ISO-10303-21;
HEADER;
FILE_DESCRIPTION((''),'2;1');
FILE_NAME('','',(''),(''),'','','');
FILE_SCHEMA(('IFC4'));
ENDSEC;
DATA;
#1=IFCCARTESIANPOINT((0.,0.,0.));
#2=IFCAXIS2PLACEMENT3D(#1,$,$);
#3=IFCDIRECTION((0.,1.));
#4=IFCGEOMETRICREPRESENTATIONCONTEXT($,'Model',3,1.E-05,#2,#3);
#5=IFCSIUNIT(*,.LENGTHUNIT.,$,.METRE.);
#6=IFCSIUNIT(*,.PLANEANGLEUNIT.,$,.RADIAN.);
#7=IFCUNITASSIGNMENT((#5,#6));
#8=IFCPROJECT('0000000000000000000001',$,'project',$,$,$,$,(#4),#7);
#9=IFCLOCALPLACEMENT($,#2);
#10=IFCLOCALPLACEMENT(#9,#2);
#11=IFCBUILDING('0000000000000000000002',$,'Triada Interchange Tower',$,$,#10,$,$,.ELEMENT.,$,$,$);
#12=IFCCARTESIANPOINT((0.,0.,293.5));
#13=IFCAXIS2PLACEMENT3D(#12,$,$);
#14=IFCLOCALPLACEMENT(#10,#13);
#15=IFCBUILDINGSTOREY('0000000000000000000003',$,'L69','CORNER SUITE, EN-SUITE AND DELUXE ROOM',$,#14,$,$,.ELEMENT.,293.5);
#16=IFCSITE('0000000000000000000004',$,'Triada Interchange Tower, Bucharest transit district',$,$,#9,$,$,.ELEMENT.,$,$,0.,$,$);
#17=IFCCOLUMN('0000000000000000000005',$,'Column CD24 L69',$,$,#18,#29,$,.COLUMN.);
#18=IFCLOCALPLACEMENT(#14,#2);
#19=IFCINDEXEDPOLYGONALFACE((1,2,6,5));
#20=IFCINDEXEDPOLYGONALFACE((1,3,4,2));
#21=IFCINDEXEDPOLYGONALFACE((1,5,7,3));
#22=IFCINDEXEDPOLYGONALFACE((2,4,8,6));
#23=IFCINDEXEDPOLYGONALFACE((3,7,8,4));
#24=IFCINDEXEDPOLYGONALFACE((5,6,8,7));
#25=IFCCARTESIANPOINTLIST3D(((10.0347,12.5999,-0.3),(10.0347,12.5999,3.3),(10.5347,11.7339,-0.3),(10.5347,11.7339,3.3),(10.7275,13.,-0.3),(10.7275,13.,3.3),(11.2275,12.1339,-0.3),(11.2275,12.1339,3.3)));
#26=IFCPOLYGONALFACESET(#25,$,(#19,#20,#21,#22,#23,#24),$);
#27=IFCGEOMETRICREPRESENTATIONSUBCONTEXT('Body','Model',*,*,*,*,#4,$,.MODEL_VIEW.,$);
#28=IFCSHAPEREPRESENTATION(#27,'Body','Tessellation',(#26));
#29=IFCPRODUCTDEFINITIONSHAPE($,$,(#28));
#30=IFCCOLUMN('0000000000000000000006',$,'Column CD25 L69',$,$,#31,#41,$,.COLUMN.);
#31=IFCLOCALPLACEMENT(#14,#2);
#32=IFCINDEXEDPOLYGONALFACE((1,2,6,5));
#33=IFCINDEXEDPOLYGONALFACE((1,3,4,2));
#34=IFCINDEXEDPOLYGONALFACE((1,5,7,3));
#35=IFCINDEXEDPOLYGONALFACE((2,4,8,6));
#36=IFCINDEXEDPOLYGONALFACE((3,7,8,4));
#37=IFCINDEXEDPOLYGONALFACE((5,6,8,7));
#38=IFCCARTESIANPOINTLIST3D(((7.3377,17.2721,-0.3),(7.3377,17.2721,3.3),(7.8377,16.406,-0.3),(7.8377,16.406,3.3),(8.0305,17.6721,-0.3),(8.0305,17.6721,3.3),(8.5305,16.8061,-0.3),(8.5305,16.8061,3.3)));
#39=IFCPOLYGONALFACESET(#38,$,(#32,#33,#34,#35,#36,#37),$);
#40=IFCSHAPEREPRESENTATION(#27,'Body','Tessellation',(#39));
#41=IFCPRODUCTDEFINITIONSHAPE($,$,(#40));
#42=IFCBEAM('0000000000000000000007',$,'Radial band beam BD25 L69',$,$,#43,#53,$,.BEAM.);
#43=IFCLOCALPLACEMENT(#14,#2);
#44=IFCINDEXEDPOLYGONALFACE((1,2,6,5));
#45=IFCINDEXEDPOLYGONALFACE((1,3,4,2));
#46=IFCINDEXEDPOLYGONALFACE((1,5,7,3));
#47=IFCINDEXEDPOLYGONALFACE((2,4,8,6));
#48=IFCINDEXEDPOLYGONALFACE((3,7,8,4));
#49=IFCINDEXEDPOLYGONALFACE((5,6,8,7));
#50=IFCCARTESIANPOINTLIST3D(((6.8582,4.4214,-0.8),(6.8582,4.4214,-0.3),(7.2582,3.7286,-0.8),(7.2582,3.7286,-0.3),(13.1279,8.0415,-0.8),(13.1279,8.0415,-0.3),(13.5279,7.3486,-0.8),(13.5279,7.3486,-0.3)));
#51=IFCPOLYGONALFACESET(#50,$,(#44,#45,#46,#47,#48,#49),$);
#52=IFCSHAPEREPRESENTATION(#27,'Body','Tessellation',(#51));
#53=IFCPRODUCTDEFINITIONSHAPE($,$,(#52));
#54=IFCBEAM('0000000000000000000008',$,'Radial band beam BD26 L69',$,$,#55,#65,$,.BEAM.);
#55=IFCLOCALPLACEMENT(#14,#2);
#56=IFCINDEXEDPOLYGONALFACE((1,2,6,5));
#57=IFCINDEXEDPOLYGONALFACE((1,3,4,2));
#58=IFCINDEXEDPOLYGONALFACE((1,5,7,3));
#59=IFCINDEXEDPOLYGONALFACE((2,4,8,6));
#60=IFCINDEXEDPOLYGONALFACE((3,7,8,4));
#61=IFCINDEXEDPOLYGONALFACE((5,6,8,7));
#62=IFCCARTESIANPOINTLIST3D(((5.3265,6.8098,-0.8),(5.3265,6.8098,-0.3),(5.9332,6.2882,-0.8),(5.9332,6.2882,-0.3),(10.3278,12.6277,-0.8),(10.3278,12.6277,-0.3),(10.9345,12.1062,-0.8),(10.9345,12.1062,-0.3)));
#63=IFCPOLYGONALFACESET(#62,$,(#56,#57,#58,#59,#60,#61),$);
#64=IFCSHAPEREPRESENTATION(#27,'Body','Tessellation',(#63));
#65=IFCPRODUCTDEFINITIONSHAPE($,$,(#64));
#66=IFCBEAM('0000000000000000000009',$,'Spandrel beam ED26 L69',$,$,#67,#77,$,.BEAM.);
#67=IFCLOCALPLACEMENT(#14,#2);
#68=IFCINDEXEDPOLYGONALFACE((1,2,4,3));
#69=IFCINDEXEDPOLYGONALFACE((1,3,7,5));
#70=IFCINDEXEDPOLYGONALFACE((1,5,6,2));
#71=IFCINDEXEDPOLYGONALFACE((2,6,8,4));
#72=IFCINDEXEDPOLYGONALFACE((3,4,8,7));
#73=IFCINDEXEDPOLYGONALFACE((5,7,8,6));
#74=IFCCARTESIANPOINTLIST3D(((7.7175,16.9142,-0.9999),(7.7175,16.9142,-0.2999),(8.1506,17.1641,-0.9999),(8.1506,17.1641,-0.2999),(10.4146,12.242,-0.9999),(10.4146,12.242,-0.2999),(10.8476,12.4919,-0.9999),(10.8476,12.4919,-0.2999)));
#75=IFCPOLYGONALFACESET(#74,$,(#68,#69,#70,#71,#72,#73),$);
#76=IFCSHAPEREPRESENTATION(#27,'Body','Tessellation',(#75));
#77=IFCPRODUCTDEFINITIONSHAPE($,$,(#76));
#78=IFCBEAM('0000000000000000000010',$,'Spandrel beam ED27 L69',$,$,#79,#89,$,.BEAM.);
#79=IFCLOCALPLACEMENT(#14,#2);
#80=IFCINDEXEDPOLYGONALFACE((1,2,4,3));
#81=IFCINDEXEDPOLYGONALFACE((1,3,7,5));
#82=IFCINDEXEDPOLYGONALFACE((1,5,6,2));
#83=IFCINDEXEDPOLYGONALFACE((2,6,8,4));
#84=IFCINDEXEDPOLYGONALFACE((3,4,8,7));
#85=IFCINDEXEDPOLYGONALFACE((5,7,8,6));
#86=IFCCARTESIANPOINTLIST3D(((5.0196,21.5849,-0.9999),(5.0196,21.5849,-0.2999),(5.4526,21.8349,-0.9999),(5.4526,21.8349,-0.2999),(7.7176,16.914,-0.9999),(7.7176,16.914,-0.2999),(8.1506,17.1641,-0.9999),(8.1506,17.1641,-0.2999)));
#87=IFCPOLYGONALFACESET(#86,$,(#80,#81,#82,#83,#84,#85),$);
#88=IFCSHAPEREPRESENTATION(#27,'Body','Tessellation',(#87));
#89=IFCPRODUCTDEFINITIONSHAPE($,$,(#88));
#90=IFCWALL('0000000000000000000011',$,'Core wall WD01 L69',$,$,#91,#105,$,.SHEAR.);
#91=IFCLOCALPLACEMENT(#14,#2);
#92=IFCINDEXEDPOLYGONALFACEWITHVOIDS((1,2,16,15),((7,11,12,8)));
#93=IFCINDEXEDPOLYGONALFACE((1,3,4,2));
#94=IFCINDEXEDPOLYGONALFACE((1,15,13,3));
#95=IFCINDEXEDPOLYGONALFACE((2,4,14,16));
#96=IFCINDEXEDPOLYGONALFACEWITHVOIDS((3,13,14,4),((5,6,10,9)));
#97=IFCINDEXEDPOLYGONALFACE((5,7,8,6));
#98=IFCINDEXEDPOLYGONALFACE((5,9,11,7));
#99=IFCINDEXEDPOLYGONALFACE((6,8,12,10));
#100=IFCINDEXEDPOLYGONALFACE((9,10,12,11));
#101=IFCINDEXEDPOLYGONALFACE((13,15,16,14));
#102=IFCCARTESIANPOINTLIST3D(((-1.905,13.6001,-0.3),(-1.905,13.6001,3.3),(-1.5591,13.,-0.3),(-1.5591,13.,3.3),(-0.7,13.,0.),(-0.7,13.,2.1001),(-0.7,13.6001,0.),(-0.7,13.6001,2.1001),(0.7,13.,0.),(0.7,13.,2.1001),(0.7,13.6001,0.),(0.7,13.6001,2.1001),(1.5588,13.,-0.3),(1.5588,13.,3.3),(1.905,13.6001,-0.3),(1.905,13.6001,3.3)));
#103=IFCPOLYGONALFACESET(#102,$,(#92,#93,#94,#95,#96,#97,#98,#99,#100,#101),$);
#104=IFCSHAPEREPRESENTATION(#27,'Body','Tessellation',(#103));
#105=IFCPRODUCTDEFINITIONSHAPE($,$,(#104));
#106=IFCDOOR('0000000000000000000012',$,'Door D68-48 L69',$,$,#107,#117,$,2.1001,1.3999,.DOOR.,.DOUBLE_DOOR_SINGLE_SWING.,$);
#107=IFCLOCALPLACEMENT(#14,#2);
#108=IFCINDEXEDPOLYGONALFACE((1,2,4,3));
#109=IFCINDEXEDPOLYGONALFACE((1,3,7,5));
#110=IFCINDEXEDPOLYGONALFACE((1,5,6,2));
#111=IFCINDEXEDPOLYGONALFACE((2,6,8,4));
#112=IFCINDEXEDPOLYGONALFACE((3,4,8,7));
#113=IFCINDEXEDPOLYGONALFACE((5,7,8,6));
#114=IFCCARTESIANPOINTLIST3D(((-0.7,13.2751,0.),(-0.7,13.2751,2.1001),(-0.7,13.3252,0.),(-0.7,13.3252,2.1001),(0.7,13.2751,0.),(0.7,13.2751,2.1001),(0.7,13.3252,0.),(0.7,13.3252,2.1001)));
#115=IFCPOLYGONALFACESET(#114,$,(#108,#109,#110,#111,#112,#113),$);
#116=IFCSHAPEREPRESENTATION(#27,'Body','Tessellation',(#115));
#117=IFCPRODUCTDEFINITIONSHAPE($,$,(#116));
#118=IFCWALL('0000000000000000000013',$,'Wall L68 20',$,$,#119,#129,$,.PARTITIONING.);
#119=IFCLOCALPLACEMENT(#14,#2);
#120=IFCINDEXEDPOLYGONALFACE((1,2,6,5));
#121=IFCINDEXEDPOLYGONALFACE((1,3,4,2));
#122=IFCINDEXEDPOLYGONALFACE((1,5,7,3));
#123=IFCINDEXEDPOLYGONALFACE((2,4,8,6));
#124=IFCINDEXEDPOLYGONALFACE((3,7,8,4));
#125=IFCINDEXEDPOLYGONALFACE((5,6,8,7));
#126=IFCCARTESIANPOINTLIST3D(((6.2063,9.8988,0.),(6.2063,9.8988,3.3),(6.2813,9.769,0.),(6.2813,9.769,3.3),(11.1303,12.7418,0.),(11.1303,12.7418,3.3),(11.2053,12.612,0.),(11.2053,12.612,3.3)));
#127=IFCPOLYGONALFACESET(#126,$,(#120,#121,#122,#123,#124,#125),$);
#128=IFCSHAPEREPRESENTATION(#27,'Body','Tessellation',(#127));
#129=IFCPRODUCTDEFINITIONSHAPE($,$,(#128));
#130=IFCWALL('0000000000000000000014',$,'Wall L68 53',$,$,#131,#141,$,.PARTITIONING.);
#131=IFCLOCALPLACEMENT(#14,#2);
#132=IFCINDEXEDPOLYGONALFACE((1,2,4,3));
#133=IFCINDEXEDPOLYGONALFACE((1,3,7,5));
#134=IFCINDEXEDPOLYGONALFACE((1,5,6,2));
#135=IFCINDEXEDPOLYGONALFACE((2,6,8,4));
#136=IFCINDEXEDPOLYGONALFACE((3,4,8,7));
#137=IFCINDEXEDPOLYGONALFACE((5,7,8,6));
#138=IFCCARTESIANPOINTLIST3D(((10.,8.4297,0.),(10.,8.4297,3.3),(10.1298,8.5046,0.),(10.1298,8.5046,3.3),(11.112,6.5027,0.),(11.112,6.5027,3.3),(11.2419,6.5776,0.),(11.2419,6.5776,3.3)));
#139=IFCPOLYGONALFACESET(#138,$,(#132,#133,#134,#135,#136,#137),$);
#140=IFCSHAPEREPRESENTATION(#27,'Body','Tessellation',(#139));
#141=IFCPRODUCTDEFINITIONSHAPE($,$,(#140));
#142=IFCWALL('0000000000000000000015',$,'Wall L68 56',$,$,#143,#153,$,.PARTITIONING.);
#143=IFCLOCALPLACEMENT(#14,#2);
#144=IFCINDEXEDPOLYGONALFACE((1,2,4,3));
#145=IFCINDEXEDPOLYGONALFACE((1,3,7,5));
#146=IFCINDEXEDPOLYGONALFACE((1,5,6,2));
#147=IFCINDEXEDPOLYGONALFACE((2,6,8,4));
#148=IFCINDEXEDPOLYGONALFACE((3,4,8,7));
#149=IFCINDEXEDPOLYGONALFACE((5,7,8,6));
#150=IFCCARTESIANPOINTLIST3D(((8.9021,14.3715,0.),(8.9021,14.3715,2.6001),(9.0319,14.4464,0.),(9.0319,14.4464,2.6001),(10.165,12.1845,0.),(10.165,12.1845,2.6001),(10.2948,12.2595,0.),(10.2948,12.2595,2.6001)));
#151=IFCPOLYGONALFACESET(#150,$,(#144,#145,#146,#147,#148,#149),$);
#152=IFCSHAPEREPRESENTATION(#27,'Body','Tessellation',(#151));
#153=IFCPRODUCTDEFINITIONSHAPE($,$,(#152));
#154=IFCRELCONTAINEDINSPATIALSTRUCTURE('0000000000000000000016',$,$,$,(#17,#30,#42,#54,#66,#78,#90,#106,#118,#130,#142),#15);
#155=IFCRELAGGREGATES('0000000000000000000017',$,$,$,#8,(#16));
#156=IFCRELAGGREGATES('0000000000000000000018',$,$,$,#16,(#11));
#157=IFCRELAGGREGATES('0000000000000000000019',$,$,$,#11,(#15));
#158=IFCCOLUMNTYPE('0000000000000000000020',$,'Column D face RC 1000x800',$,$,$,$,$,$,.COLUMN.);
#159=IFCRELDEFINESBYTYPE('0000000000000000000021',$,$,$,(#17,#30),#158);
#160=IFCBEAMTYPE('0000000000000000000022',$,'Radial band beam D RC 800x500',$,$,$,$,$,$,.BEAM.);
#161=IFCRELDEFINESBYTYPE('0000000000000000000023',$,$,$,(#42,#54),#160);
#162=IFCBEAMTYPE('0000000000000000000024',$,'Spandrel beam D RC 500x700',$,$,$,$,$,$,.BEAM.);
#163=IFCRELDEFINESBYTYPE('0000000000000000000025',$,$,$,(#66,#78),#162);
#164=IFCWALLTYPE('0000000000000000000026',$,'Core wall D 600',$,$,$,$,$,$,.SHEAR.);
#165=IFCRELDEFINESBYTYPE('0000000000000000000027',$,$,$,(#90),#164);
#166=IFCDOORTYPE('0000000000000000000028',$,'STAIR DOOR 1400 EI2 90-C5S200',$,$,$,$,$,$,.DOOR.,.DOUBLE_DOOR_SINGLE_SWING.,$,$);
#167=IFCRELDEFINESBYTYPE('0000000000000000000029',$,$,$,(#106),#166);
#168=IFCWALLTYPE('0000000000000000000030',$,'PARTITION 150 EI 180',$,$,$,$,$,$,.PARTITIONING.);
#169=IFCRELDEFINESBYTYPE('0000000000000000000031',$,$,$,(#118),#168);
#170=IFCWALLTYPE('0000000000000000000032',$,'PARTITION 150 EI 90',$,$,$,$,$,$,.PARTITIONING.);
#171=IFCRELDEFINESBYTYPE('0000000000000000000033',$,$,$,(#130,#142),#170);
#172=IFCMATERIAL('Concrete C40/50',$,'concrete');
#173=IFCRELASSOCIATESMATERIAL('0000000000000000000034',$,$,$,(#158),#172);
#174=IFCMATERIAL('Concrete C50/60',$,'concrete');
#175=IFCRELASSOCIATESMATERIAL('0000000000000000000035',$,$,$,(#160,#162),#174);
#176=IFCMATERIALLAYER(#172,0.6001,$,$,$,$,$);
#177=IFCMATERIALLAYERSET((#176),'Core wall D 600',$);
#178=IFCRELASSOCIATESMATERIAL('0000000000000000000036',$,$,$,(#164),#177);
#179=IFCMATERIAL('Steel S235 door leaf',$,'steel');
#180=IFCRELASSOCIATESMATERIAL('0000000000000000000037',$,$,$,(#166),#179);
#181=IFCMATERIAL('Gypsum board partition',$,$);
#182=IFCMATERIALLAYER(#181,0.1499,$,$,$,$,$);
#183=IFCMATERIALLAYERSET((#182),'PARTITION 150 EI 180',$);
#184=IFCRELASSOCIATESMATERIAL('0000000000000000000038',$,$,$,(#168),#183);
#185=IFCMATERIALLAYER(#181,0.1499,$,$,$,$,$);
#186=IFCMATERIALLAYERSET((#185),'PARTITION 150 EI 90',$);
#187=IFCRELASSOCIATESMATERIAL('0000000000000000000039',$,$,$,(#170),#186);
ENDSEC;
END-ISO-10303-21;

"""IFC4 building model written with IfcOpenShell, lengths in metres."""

from ifc_helpers import new_model, si_unit, direction, frame, frame_2d, origin, origin_2d, place, context, subcontext, project, spatial, polyline, rectangle, outline, extrude, material, layer, layer_set, material_profile, profile_set, type_object, element, fill, save


model = new_model("IFC4")

# Units and contexts
model_context = context("Model", 3, precision=1e-05, world=origin(), true_north=direction((0.0, 1.0)))
body_context = subcontext(model_context, "Body", "Model", "MODEL_VIEW")
ifc_project = project(units=[si_unit("LENGTHUNIT", "METRE"), si_unit("PLANEANGLEUNIT", "RADIAN")], contexts=[model_context])

# Site, building, storey
site_placement = place(None, origin())
site = spatial("IfcSite", under=ifc_project, at=site_placement, Name="Triada Interchange Tower, Bucharest transit district", CompositionType="ELEMENT", RefElevation=0.0)
building_placement = place(site_placement, origin())
building = spatial("IfcBuilding", under=site, at=building_placement, Name="Triada Interchange Tower", CompositionType="ELEMENT")
storey_placement = place(building_placement, frame((0.0, 0.0, 293.5)))
storey = spatial("IfcBuildingStorey", under=building, at=storey_placement, Name="L69", Description="CORNER SUITE, EN-SUITE AND DELUXE ROOM", CompositionType="ELEMENT", Elevation=293.5)

# Columns
ifc_material_1 = material(Name="Concrete C40/50", Category="concrete")
ifc_material_profile_1 = material_profile(ifc_material_1, rectangle(XDim=1.0, YDim=0.8, at=origin_2d()), Name="RC 1000x800")
ifc_profile_set_1 = profile_set([ifc_material_profile_1], Name="Concrete C40/50")
column_type = type_object("IfcColumnType", Name="Column D face RC 1000x800", PredefinedType="COLUMN", material=ifc_profile_set_1)
for number, where, z_axis, x_axis, name in (
    (1, (10.6311, 12.3669, -0.3), (0.0, 0.0, 1.0), (-0.5, 0.866025, 0.0), "Column CD24 L69"),
    (2, (7.9341, 17.0391, -0.3), (0.0, 0.0, 1.0), (-0.5, 0.866025, 0.0), "Column CD25 L69"),
):
    element("IfcColumn", number, at=place(storey_placement, frame(where, z_axis=z_axis, x_axis=x_axis)), inside=storey, type_object=column_type, Name=name, PredefinedType="COLUMN", context=body_context, shape_type="SweptSolid", body=[
        extrude(rectangle(XDim=1.0, YDim=0.8, at=origin_2d()), origin(), (0.0, 0.0, 1.0), 3.6001),
    ])

# Beams
ifc_material_2 = material(Name="Concrete C50/60", Category="concrete")
ifc_material_profile_2 = material_profile(ifc_material_2, rectangle(XDim=0.8, YDim=0.5, at=origin_2d()), Name="RC 800x500")
ifc_profile_set_2 = profile_set([ifc_material_profile_2], Name="Concrete C50/60")
beam_type_1 = type_object("IfcBeamType", Name="Radial band beam D RC 800x500", PredefinedType="BEAM", material=ifc_profile_set_2)
beam_1_placement = place(storey_placement, frame((13.3279, 7.6951, -0.55), z_axis=(-0.86601, -0.500027, 0.0), x_axis=(0.500027, -0.86601, 0.0)))
element("IfcBeam", 3, at=beam_1_placement, inside=storey, type_object=beam_type_1, Name="Radial band beam BD25 L69", PredefinedType="BEAM", context=body_context, shape_type="SweptSolid", body=[
    extrude(rectangle(XDim=0.8, YDim=0.5, at=origin_2d()), origin(), (0.0, 0.0, 1.0), 7.2397),
])
beam_2_placement = place(storey_placement, frame((10.6311, 12.3669, -0.55), z_axis=(-0.651878, -0.758324, 0.0), x_axis=(0.758324, -0.651878, 0.0)))
element("IfcBeam", 4, at=beam_2_placement, inside=storey, type_object=beam_type_1, Name="Radial band beam BD26 L69", PredefinedType="BEAM", context=body_context, shape_type="SweptSolid", body=[
    extrude(rectangle(XDim=0.8, YDim=0.5, at=origin_2d()), origin(), (0.0, 0.0, 1.0), 7.6721),
])
ifc_material_profile_3 = material_profile(ifc_material_2, rectangle(XDim=0.5, YDim=0.7, at=origin_2d()), Name="RC 500x700")
ifc_profile_set_3 = profile_set([ifc_material_profile_3], Name="Concrete C50/60")
beam_type_2 = type_object("IfcBeamType", Name="Spandrel beam D RC 500x700", PredefinedType="BEAM", material=ifc_profile_set_3)
beam_3_placement = place(storey_placement, frame((10.6311, 12.3669, -0.6499), z_axis=(-0.499941, 0.86606, 0.0), x_axis=(-0.86606, -0.499941, 0.0)))
element("IfcBeam", 5, at=beam_3_placement, inside=storey, type_object=beam_type_2, Name="Spandrel beam ED26 L69", PredefinedType="BEAM", context=body_context, shape_type="SweptSolid", body=[
    extrude(rectangle(XDim=0.5, YDim=0.7, at=origin_2d()), origin(), (0.0, 0.0, 1.0), 5.3948),
])
beam_4_placement = place(storey_placement, frame((7.9341, 17.0391, -0.6499), z_axis=(-0.500174, 0.865925, 0.0), x_axis=(-0.865925, -0.500174, 0.0)))
element("IfcBeam", 6, at=beam_4_placement, inside=storey, type_object=beam_type_2, Name="Spandrel beam ED27 L69", PredefinedType="BEAM", context=body_context, shape_type="SweptSolid", body=[
    extrude(rectangle(XDim=0.5, YDim=0.7, at=origin_2d()), origin(), (0.0, 0.0, 1.0), 5.394),
])

# Wall, opening, door
ifc_layer_1 = layer(ifc_material_1, 0.6001)
ifc_layer_set_1 = layer_set([ifc_layer_1], Name="Core wall D 600")
wall_type_1 = type_object("IfcWallType", Name="Core wall D 600", PredefinedType="SHEAR", material=ifc_layer_set_1)
wall_1_placement = place(storey_placement, frame((1.7319, 13.3, -0.3), z_axis=(0.0, 0.0, 1.0), x_axis=(-1.0, 0.0, 0.0)))
wall_1 = element("IfcWall", 7, at=wall_1_placement, inside=storey, type_object=wall_type_1, Name="Core wall WD01 L69", PredefinedType="SHEAR", context=body_context, shape_type="SweptSolid", body=[
    extrude(outline(polyline([(-0.1731, -0.3), (1.7319, -0.3), (3.637, -0.3), (3.291, 0.3), (1.7319, 0.3), (0.1731, 0.3), (-0.1731, -0.3)])), origin(), (0.0, 0.0, 1.0), 3.6001),
])
opening_1_placement = place(wall_1_placement, frame((1.032, 0.0, 0.3)))
opening_1 = element("IfcOpeningElement", 8, at=opening_1_placement, cuts=wall_1, PredefinedType="OPENING", context=body_context, shape_type="SweptSolid", body=[
    extrude(rectangle(XDim=1.3999, YDim=2.1001, at=frame_2d((0.7, 1.05))), frame((0.0, 0.3101, 0.0), z_axis=(0.0, -1.0, 0.0), x_axis=(1.0, 0.0, 0.0)), (0.0, 0.0, 1.0), 0.6201),
])
ifc_material_3 = material(Name="Steel S235 door leaf", Category="steel")
door_type_1 = type_object("IfcDoorType", Name="STAIR DOOR 1400 EI2 90-C5S200", OperationType="DOUBLE_DOOR_SINGLE_SWING", PredefinedType="DOOR", material=ifc_material_3)
door_1_placement = place(opening_1_placement, origin())
door_1 = element("IfcDoor", 9, at=door_1_placement, inside=storey, type_object=door_type_1, Name="Door D68-48 L69", OperationType="DOUBLE_DOOR_SINGLE_SWING", OverallHeight=2.1001, OverallWidth=1.3999, PredefinedType="DOOR", context=body_context, shape_type="SweptSolid", body=[
    extrude(rectangle(XDim=1.3999, YDim=2.1001, at=frame_2d((0.7, 1.05))), frame((0.0, 0.0249, 0.0), z_axis=(0.0, -1.0, 0.0), x_axis=(1.0, 0.0, 0.0)), (0.0, 0.0, 1.0), 0.05),
])
fill(opening_1, door_1)

# Walls
ifc_material_4 = material(Name="Gypsum board partition")
ifc_layer_2 = layer(ifc_material_4, 0.1499)
ifc_layer_set_2 = layer_set([ifc_layer_2], Name="PARTITION 150 EI 180")
wall_type_2 = type_object("IfcWallType", Name="PARTITION 150 EI 180", PredefinedType="PARTITIONING", material=ifc_layer_set_2)
wall_2_placement = place(storey_placement, frame((6.2439, 9.834, 0.0), z_axis=(0.0, 0.0, 1.0), x_axis=(0.866018, 0.500014, 0.0)))
element("IfcWall", 10, at=wall_2_placement, inside=storey, type_object=wall_type_2, Name="Wall L68 20", PredefinedType="PARTITIONING", context=body_context, shape_type="SweptSolid", body=[
    extrude(rectangle(XDim=5.6858, YDim=0.1499, at=frame_2d((2.8428, 0.0))), origin(), (0.0, 0.0, 1.0), 3.3),
])
ifc_layer_3 = layer(ifc_material_4, 0.1499)
ifc_layer_set_3 = layer_set([ifc_layer_3], Name="PARTITION 150 EI 90")
wall_type_3 = type_object("IfcWallType", Name="PARTITION 150 EI 90", PredefinedType="PARTITIONING", material=ifc_layer_set_3)
wall_3_placement = place(storey_placement, frame((10.0649, 8.467, 0.0), z_axis=(0.0, 0.0, 1.0), x_axis=(0.499833, -0.866122, 0.0)))
element("IfcWall", 11, at=wall_3_placement, inside=storey, type_object=wall_type_3, Name="Wall L68 53", PredefinedType="PARTITIONING", context=body_context, shape_type="SweptSolid", body=[
    extrude(rectangle(XDim=2.2249, YDim=0.1499, at=frame_2d((1.1123, 0.0))), origin(), (0.0, 0.0, 1.0), 3.3),
])
wall_4_placement = place(storey_placement, frame((8.967, 14.4089, 0.0), z_axis=(0.0, 0.0, 1.0), x_axis=(0.500079, -0.86598, 0.0)))
element("IfcWall", 12, at=wall_4_placement, inside=storey, type_object=wall_type_3, Name="Wall L68 56", PredefinedType="PARTITIONING", context=body_context, shape_type="SweptSolid", body=[
    extrude(rectangle(XDim=2.5254, YDim=0.1499, at=frame_2d((1.2627, 0.0))), origin(), (0.0, 0.0, 1.0), 2.6001),
])

save(model, "model.ifc")
